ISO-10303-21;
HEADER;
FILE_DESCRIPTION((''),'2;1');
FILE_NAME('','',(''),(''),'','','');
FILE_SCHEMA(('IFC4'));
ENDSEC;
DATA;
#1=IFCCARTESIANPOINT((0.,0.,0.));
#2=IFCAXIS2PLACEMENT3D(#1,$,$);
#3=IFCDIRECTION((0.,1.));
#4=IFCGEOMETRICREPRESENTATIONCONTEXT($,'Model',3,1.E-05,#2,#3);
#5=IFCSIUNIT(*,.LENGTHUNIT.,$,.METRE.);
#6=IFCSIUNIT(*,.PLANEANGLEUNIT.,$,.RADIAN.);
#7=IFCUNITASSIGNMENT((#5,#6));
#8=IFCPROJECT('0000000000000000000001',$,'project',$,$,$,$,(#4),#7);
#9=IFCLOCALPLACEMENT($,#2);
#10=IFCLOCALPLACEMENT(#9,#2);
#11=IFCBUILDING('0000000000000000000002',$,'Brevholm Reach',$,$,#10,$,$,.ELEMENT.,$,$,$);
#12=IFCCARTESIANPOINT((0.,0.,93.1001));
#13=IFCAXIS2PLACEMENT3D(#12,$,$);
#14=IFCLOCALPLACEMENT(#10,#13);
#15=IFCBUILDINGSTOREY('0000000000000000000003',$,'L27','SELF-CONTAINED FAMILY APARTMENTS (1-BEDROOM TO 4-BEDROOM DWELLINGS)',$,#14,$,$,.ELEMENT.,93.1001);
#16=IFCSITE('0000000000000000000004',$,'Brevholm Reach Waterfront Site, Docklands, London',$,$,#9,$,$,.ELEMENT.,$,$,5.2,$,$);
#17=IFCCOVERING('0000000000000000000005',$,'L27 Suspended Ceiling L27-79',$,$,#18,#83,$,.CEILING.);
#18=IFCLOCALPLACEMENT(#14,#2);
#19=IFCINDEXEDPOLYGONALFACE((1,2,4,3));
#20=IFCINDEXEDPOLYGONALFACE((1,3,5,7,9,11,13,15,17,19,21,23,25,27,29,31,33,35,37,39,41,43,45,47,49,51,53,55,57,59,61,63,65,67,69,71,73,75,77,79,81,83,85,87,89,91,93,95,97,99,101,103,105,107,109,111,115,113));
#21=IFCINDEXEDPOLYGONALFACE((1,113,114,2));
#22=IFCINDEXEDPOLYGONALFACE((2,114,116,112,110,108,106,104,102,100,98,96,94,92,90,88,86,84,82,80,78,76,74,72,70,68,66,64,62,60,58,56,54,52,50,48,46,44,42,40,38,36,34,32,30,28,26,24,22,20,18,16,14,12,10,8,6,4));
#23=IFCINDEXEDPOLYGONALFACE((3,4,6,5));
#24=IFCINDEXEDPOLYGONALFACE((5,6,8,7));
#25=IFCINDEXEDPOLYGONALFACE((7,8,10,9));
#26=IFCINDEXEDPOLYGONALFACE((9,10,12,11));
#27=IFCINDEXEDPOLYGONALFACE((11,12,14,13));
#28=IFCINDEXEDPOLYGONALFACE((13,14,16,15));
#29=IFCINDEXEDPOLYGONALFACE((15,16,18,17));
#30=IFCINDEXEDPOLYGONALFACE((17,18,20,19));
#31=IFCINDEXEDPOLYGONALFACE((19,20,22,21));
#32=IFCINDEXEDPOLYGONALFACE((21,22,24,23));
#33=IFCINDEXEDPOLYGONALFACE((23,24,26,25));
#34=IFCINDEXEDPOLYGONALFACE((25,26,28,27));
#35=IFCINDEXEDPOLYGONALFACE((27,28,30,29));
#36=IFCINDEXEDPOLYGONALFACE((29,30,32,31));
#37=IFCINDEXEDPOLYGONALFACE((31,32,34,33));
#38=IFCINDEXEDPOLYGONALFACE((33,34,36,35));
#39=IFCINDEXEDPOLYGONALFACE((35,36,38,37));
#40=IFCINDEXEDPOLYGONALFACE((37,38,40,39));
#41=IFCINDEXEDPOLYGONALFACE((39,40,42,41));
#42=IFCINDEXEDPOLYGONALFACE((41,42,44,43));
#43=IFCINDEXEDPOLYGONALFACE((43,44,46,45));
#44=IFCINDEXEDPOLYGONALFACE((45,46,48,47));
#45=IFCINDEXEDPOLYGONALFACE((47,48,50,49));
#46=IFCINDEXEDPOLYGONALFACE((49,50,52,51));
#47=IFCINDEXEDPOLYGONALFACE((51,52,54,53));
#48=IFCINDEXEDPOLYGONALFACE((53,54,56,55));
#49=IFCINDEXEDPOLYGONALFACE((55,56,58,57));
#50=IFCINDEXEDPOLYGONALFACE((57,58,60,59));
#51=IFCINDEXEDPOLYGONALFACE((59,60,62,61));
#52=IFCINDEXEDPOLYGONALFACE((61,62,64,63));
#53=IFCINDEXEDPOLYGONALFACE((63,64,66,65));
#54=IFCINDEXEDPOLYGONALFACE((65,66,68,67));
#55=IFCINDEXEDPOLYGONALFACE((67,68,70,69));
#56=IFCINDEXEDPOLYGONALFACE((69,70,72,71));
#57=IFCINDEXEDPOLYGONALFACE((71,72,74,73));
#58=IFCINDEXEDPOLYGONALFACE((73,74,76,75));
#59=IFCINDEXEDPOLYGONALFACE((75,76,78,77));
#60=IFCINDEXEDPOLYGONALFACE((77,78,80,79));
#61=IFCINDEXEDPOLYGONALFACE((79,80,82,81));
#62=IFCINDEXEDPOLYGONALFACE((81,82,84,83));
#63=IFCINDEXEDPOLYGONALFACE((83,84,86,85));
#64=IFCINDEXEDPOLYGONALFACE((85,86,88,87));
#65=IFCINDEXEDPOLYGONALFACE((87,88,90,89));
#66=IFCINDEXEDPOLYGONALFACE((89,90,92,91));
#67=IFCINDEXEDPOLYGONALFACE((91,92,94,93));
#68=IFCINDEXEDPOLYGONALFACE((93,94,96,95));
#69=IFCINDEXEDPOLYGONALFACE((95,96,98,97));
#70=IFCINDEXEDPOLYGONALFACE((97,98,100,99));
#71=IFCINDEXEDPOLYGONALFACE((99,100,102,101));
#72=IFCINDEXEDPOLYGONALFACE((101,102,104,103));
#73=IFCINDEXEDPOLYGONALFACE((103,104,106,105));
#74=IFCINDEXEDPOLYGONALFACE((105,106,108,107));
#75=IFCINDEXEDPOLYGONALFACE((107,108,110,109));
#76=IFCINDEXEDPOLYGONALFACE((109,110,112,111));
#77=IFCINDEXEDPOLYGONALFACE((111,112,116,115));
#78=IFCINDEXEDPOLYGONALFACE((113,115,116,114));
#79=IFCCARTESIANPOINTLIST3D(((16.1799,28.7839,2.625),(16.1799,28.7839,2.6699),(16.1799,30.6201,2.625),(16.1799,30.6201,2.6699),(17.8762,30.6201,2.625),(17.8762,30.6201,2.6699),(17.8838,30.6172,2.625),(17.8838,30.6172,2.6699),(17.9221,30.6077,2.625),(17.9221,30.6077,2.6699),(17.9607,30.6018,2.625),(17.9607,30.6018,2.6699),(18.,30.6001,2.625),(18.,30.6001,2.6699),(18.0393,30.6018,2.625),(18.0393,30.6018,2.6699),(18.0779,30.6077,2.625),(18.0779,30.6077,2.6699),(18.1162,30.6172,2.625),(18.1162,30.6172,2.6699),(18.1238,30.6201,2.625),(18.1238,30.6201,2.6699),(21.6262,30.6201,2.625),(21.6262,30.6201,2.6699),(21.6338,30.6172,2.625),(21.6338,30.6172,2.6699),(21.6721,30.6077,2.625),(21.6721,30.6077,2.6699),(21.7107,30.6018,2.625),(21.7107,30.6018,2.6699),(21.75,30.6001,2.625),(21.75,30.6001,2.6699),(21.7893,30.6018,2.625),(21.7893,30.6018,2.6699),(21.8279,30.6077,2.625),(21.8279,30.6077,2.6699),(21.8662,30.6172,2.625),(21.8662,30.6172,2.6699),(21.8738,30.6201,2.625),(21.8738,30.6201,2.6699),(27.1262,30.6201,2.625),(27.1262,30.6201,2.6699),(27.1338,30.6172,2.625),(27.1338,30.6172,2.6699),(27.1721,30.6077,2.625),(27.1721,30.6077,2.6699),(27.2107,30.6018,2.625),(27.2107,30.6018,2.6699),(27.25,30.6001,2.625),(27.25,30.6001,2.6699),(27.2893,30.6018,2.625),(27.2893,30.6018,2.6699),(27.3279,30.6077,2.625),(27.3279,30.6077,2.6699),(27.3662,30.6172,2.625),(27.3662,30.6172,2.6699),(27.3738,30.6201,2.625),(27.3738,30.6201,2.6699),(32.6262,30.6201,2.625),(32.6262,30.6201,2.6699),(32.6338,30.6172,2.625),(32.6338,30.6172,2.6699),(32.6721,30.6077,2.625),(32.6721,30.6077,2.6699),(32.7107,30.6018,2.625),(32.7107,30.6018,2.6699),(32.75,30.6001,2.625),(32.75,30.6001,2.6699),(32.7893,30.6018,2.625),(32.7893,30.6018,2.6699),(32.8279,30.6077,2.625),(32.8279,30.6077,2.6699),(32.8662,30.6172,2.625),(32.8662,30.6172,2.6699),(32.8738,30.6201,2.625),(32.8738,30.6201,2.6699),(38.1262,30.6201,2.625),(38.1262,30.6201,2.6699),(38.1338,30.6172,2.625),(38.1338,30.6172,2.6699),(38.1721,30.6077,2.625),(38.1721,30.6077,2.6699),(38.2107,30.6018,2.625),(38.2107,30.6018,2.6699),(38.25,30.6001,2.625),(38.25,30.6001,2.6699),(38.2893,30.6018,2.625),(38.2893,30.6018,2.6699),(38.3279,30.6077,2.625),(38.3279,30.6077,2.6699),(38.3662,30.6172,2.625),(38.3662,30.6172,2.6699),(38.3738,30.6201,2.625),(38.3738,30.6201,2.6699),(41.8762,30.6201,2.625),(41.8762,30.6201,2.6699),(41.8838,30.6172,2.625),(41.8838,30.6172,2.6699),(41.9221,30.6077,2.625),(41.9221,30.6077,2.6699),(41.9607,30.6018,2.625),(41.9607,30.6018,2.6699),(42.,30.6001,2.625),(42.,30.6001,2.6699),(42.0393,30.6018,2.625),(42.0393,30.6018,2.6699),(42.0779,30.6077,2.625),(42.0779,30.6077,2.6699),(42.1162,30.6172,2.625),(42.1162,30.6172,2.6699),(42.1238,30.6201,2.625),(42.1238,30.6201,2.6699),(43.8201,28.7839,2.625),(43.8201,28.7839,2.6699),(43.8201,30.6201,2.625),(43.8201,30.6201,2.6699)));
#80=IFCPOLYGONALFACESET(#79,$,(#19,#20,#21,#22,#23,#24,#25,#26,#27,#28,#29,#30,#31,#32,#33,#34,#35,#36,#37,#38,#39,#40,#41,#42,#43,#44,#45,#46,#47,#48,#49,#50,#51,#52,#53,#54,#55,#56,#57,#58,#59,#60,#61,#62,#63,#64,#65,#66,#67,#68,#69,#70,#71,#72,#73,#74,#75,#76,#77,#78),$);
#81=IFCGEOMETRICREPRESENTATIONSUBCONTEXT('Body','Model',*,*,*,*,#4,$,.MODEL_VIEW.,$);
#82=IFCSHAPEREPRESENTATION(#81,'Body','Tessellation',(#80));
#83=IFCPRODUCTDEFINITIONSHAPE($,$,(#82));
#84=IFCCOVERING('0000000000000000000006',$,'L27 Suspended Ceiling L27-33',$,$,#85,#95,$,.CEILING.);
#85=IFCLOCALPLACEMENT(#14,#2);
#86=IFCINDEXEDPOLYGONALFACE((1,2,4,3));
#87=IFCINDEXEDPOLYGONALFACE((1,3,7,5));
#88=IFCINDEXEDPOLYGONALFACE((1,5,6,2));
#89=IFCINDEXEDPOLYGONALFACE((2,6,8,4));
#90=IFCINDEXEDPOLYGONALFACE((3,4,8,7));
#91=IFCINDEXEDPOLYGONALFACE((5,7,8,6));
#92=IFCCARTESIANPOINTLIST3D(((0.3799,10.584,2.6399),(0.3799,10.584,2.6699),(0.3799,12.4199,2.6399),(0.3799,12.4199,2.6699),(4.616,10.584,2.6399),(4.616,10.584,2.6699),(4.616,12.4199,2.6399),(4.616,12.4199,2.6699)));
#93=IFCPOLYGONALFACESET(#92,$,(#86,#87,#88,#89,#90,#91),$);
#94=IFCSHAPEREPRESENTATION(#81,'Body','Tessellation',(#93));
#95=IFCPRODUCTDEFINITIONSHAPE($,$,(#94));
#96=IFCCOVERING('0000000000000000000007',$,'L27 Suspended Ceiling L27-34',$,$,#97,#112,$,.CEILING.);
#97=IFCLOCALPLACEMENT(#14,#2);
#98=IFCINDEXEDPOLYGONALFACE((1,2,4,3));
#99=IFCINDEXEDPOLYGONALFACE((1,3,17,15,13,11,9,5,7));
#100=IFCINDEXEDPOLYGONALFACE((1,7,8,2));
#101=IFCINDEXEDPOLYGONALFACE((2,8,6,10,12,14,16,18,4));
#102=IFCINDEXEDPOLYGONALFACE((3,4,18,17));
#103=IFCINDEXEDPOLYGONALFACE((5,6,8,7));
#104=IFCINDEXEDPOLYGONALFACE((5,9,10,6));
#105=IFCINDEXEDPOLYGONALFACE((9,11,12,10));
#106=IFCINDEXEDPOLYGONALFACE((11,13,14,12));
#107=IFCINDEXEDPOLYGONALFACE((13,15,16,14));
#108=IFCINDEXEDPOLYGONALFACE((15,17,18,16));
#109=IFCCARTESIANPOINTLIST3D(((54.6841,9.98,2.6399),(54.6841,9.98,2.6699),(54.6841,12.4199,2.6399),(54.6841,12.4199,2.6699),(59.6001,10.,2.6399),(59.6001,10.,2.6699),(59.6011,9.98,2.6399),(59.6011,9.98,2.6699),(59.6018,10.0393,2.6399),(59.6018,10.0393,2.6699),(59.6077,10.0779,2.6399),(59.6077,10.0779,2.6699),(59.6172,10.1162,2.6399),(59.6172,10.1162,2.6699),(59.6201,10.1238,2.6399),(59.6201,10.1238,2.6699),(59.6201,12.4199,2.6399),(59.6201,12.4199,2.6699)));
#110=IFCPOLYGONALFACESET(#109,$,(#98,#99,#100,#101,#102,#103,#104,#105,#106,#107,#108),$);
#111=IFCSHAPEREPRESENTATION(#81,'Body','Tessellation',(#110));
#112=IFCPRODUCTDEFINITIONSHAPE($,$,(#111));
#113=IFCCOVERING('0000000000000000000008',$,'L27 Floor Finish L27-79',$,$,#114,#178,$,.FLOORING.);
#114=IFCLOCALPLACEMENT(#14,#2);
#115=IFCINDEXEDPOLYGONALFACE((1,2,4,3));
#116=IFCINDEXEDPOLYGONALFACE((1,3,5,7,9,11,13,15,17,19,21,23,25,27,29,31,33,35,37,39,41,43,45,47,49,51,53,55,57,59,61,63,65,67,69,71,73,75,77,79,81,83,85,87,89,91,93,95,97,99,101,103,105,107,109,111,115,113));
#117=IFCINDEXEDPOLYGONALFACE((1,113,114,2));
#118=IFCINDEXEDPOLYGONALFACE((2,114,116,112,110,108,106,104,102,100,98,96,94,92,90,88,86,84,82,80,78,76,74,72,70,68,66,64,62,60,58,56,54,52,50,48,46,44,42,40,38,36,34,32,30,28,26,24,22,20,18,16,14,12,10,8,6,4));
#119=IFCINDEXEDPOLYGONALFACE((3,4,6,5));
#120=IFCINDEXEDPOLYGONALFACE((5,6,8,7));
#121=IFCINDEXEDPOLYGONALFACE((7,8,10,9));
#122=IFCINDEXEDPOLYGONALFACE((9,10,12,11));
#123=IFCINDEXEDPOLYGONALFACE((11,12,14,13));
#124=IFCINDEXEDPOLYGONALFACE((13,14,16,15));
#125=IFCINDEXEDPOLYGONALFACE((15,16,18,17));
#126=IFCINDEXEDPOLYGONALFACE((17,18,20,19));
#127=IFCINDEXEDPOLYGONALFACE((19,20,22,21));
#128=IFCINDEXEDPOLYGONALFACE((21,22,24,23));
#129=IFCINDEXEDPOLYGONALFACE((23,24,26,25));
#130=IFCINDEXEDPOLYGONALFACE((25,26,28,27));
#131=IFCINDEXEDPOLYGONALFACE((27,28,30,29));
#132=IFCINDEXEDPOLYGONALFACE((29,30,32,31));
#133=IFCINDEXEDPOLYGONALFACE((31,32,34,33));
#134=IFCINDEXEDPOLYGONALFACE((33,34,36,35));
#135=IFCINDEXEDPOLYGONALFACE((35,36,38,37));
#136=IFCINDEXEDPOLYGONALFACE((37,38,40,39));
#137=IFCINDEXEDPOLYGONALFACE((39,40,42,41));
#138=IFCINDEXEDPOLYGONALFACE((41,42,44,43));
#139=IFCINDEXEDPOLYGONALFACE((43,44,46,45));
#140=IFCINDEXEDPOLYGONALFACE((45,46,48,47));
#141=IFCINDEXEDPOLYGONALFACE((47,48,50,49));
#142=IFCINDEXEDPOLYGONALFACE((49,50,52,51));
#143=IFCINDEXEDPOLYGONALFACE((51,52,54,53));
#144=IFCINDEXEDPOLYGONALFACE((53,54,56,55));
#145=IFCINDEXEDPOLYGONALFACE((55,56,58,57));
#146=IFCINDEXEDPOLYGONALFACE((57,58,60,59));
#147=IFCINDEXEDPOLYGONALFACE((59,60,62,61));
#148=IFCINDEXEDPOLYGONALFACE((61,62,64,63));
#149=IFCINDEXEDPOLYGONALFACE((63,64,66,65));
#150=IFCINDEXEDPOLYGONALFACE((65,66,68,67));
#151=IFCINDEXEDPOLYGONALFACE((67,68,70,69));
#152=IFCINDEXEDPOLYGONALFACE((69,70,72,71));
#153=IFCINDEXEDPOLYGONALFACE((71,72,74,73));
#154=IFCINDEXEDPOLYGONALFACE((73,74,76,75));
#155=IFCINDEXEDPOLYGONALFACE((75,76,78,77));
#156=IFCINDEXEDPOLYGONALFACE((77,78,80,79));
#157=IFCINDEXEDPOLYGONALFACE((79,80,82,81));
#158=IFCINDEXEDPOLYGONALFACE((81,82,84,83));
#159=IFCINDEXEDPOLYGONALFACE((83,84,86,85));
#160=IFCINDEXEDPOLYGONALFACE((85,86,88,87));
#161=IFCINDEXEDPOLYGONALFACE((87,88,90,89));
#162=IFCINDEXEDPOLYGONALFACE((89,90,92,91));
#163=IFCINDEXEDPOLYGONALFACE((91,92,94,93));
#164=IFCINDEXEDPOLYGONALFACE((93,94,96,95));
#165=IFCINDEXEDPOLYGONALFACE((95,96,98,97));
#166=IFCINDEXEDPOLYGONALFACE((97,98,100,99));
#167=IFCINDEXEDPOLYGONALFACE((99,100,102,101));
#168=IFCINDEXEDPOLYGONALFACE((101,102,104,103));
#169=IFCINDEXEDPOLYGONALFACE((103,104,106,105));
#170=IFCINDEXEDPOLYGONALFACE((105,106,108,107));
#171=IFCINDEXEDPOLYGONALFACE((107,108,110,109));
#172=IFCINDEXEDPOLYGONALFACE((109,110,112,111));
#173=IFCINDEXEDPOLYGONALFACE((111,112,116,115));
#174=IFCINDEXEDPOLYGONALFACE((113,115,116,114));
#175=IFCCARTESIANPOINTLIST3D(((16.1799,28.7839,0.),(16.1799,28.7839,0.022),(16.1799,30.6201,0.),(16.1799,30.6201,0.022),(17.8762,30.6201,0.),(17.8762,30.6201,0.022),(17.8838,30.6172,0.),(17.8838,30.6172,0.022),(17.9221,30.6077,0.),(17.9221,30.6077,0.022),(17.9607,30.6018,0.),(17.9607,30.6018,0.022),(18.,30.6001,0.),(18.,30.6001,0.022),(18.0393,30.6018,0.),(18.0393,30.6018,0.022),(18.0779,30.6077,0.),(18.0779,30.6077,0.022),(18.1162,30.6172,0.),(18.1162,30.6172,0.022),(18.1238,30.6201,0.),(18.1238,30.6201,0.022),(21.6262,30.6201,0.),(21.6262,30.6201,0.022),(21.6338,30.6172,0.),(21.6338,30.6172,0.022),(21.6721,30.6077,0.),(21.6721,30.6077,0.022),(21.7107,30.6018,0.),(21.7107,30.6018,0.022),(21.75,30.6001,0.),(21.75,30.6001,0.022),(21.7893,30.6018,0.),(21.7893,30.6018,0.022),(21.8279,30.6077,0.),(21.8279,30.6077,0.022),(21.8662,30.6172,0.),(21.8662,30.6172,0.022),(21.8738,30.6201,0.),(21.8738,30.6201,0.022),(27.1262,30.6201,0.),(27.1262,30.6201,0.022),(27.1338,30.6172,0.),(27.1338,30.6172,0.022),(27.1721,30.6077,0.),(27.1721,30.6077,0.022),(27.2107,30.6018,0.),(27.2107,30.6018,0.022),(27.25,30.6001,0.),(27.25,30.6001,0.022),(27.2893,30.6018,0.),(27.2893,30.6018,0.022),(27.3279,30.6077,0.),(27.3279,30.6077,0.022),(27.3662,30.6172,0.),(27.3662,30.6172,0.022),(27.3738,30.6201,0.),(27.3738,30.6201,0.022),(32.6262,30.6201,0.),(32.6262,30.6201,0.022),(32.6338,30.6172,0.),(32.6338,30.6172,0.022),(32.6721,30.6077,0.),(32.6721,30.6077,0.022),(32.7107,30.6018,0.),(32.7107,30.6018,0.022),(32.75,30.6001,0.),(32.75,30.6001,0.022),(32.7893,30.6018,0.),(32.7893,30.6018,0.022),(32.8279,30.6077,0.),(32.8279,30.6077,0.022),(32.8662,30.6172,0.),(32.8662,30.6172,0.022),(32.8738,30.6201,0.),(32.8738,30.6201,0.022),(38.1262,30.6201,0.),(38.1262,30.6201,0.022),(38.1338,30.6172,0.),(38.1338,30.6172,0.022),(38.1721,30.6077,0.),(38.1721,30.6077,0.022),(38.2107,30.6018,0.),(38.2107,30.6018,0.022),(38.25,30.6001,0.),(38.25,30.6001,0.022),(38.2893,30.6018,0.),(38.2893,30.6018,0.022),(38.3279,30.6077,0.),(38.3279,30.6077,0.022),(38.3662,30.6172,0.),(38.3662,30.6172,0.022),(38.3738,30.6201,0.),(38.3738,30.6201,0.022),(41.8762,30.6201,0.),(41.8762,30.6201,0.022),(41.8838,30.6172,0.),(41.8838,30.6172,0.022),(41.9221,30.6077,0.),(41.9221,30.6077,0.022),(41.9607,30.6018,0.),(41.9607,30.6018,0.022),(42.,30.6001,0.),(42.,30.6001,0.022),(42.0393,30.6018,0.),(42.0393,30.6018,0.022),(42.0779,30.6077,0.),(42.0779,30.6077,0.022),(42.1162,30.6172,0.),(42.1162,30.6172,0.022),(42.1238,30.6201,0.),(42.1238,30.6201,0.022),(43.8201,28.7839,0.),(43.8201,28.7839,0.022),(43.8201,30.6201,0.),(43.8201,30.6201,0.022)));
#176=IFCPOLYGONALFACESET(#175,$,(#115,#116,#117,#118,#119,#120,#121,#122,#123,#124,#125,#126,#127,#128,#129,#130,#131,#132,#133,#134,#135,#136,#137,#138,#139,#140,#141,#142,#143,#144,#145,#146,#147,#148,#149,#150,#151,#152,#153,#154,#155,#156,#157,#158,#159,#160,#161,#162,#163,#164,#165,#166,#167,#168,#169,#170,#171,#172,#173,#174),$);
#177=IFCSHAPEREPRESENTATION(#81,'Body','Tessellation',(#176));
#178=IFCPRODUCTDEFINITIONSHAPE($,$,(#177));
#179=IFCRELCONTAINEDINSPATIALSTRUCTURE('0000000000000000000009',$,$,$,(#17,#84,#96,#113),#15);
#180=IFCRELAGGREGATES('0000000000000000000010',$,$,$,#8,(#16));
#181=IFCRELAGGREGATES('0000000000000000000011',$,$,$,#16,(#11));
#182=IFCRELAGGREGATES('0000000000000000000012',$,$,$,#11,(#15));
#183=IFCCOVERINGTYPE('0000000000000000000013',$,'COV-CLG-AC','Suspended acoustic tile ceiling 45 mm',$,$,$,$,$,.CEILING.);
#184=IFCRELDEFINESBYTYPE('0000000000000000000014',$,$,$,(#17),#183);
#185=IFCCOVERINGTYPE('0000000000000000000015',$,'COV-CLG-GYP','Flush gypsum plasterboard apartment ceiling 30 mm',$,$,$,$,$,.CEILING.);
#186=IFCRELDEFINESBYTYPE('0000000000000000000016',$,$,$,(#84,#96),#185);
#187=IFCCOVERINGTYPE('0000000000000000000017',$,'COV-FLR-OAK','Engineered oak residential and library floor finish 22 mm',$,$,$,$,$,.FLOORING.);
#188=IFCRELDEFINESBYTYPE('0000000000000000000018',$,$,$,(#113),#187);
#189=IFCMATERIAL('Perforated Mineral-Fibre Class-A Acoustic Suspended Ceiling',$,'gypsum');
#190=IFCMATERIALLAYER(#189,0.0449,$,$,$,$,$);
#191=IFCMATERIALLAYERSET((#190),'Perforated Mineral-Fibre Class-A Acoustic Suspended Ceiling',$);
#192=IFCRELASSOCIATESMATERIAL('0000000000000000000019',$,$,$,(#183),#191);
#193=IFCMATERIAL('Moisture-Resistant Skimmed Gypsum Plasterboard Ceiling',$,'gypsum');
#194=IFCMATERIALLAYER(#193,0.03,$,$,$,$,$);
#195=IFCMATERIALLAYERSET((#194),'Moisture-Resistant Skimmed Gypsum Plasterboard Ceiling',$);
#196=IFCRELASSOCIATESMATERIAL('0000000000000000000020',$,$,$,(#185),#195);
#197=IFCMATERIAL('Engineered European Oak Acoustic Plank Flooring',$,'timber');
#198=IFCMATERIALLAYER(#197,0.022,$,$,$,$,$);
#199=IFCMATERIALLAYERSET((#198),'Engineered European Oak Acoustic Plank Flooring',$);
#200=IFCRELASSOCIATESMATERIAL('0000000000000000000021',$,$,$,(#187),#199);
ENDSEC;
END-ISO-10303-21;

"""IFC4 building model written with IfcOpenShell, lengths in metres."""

from ifc_helpers import new_model, si_unit, direction, frame, origin, place, context, subcontext, project, spatial, polyline, outline, extrude, material, layer, layer_set, type_object, element, save


model = new_model("IFC4")

# Units and contexts
model_context = context("Model", 3, precision=1e-05, world=origin(), true_north=direction((0.0, 1.0)))
body_context = subcontext(model_context, "Body", "Model", "MODEL_VIEW")
ifc_project = project(units=[si_unit("LENGTHUNIT", "METRE"), si_unit("PLANEANGLEUNIT", "RADIAN")], contexts=[model_context])

# Site, building, storey
site_placement = place(None, origin())
site = spatial("IfcSite", under=ifc_project, at=site_placement, Name="Brevholm Reach Waterfront Site, Docklands, London", CompositionType="ELEMENT", RefElevation=5.2)
building_placement = place(site_placement, origin())
building = spatial("IfcBuilding", under=site, at=building_placement, Name="Brevholm Reach", CompositionType="ELEMENT")
storey_placement = place(building_placement, frame((0.0, 0.0, 93.1001)))
storey = spatial("IfcBuildingStorey", under=building, at=storey_placement, Name="L27", Description="SELF-CONTAINED FAMILY APARTMENTS (1-BEDROOM TO 4-BEDROOM DWELLINGS)", CompositionType="ELEMENT", Elevation=93.1001)

# Coverings
ifc_material_1 = material(Name="Perforated Mineral-Fibre Class-A Acoustic Suspended Ceiling", Category="gypsum")
ifc_layer_1 = layer(ifc_material_1, 0.0449)
ifc_layer_set_1 = layer_set([ifc_layer_1], Name="Perforated Mineral-Fibre Class-A Acoustic Suspended Ceiling")
covering_type_1 = type_object("IfcCoveringType", Name="COV-CLG-AC", Description="Suspended acoustic tile ceiling 45 mm", PredefinedType="CEILING", material=ifc_layer_set_1)
covering_1_placement = place(storey_placement, frame((0.0, 0.0, 2.625)))
element("IfcCovering", 1, at=covering_1_placement, inside=storey, type_object=covering_type_1, Name="L27 Suspended Ceiling L27-79", PredefinedType="CEILING", context=body_context, shape_type="SweptSolid", body=[
    extrude(outline(polyline([(16.1799, 30.6201), (17.8762, 30.6201), (17.8838, 30.6172), (17.9221, 30.6077), (17.9607, 30.6018), (18.0, 30.6001), (18.0393, 30.6018), (18.0779, 30.6077), (18.1162, 30.6172), (18.1238, 30.6201), (21.6262, 30.6201), (21.6338, 30.6172), (21.6721, 30.6077), (21.7107, 30.6018), (21.75, 30.6001), (21.7893, 30.6018), (21.8279, 30.6077), (21.8662, 30.6172), (21.8738, 30.6201), (27.1262, 30.6201), (27.1338, 30.6172), (27.1721, 30.6077), (27.2107, 30.6018), (27.25, 30.6001), (27.2893, 30.6018), (27.3279, 30.6077), (27.3662, 30.6172), (27.3738, 30.6201), (32.6262, 30.6201), (32.6338, 30.6172), (32.6721, 30.6077), (32.7107, 30.6018), (32.75, 30.6001), (32.7893, 30.6018), (32.8279, 30.6077), (32.8662, 30.6172), (32.8738, 30.6201), (38.1262, 30.6201), (38.1338, 30.6172), (38.1721, 30.6077), (38.2107, 30.6018), (38.25, 30.6001), (38.2893, 30.6018), (38.3279, 30.6077), (38.3662, 30.6172), (38.3738, 30.6201), (41.8762, 30.6201), (41.8838, 30.6172), (41.9221, 30.6077), (41.9607, 30.6018), (42.0, 30.6001), (42.0393, 30.6018), (42.0779, 30.6077), (42.1162, 30.6172), (42.1238, 30.6201), (43.8201, 30.6201), (43.8201, 28.7839), (16.1799, 28.7839), (16.1799, 30.6201)])), origin(), (0.0, 0.0, 1.0), 0.0449),
])
ifc_material_2 = material(Name="Moisture-Resistant Skimmed Gypsum Plasterboard Ceiling", Category="gypsum")
ifc_layer_2 = layer(ifc_material_2, 0.03)
ifc_layer_set_2 = layer_set([ifc_layer_2], Name="Moisture-Resistant Skimmed Gypsum Plasterboard Ceiling")
covering_type_2 = type_object("IfcCoveringType", Name="COV-CLG-GYP", Description="Flush gypsum plasterboard apartment ceiling 30 mm", PredefinedType="CEILING", material=ifc_layer_set_2)
covering_2_placement = place(storey_placement, frame((0.0, 0.0, 2.6399)))
element("IfcCovering", 2, at=covering_2_placement, inside=storey, type_object=covering_type_2, Name="L27 Suspended Ceiling L27-33", PredefinedType="CEILING", context=body_context, shape_type="SweptSolid", body=[
    extrude(outline(polyline([(0.3799, 12.4199), (4.616, 12.4199), (4.616, 10.584), (0.3799, 10.584), (0.3799, 12.4199)])), origin(), (0.0, 0.0, 1.0), 0.03),
])
covering_3_placement = place(storey_placement, frame((0.0, 0.0, 2.6399)))
element("IfcCovering", 3, at=covering_3_placement, inside=storey, type_object=covering_type_2, Name="L27 Suspended Ceiling L27-34", PredefinedType="CEILING", context=body_context, shape_type="SweptSolid", body=[
    extrude(outline(polyline([(59.6201, 12.4199), (59.6201, 10.1238), (59.6172, 10.1162), (59.6077, 10.0779), (59.6018, 10.0393), (59.6001, 10.0), (59.6011, 9.98), (54.6841, 9.98), (54.6841, 12.4199), (59.6201, 12.4199)])), origin(), (0.0, 0.0, 1.0), 0.03),
])
ifc_material_3 = material(Name="Engineered European Oak Acoustic Plank Flooring", Category="timber")
ifc_layer_3 = layer(ifc_material_3, 0.022)
ifc_layer_set_3 = layer_set([ifc_layer_3], Name="Engineered European Oak Acoustic Plank Flooring")
covering_type_3 = type_object("IfcCoveringType", Name="COV-FLR-OAK", Description="Engineered oak residential and library floor finish 22 mm", PredefinedType="FLOORING", material=ifc_layer_set_3)
covering_4_placement = place(storey_placement, origin())
element("IfcCovering", 4, at=covering_4_placement, inside=storey, type_object=covering_type_3, Name="L27 Floor Finish L27-79", PredefinedType="FLOORING", context=body_context, shape_type="SweptSolid", body=[
    extrude(outline(polyline([(16.1799, 30.6201), (17.8762, 30.6201), (17.8838, 30.6172), (17.9221, 30.6077), (17.9607, 30.6018), (18.0, 30.6001), (18.0393, 30.6018), (18.0779, 30.6077), (18.1162, 30.6172), (18.1238, 30.6201), (21.6262, 30.6201), (21.6338, 30.6172), (21.6721, 30.6077), (21.7107, 30.6018), (21.75, 30.6001), (21.7893, 30.6018), (21.8279, 30.6077), (21.8662, 30.6172), (21.8738, 30.6201), (27.1262, 30.6201), (27.1338, 30.6172), (27.1721, 30.6077), (27.2107, 30.6018), (27.25, 30.6001), (27.2893, 30.6018), (27.3279, 30.6077), (27.3662, 30.6172), (27.3738, 30.6201), (32.6262, 30.6201), (32.6338, 30.6172), (32.6721, 30.6077), (32.7107, 30.6018), (32.75, 30.6001), (32.7893, 30.6018), (32.8279, 30.6077), (32.8662, 30.6172), (32.8738, 30.6201), (38.1262, 30.6201), (38.1338, 30.6172), (38.1721, 30.6077), (38.2107, 30.6018), (38.25, 30.6001), (38.2893, 30.6018), (38.3279, 30.6077), (38.3662, 30.6172), (38.3738, 30.6201), (41.8762, 30.6201), (41.8838, 30.6172), (41.9221, 30.6077), (41.9607, 30.6018), (42.0, 30.6001), (42.0393, 30.6018), (42.0779, 30.6077), (42.1162, 30.6172), (42.1238, 30.6201), (43.8201, 30.6201), (43.8201, 28.7839), (16.1799, 28.7839), (16.1799, 30.6201)])), origin(), (0.0, 0.0, 1.0), 0.022),
])

save(model, "model.ifc")
